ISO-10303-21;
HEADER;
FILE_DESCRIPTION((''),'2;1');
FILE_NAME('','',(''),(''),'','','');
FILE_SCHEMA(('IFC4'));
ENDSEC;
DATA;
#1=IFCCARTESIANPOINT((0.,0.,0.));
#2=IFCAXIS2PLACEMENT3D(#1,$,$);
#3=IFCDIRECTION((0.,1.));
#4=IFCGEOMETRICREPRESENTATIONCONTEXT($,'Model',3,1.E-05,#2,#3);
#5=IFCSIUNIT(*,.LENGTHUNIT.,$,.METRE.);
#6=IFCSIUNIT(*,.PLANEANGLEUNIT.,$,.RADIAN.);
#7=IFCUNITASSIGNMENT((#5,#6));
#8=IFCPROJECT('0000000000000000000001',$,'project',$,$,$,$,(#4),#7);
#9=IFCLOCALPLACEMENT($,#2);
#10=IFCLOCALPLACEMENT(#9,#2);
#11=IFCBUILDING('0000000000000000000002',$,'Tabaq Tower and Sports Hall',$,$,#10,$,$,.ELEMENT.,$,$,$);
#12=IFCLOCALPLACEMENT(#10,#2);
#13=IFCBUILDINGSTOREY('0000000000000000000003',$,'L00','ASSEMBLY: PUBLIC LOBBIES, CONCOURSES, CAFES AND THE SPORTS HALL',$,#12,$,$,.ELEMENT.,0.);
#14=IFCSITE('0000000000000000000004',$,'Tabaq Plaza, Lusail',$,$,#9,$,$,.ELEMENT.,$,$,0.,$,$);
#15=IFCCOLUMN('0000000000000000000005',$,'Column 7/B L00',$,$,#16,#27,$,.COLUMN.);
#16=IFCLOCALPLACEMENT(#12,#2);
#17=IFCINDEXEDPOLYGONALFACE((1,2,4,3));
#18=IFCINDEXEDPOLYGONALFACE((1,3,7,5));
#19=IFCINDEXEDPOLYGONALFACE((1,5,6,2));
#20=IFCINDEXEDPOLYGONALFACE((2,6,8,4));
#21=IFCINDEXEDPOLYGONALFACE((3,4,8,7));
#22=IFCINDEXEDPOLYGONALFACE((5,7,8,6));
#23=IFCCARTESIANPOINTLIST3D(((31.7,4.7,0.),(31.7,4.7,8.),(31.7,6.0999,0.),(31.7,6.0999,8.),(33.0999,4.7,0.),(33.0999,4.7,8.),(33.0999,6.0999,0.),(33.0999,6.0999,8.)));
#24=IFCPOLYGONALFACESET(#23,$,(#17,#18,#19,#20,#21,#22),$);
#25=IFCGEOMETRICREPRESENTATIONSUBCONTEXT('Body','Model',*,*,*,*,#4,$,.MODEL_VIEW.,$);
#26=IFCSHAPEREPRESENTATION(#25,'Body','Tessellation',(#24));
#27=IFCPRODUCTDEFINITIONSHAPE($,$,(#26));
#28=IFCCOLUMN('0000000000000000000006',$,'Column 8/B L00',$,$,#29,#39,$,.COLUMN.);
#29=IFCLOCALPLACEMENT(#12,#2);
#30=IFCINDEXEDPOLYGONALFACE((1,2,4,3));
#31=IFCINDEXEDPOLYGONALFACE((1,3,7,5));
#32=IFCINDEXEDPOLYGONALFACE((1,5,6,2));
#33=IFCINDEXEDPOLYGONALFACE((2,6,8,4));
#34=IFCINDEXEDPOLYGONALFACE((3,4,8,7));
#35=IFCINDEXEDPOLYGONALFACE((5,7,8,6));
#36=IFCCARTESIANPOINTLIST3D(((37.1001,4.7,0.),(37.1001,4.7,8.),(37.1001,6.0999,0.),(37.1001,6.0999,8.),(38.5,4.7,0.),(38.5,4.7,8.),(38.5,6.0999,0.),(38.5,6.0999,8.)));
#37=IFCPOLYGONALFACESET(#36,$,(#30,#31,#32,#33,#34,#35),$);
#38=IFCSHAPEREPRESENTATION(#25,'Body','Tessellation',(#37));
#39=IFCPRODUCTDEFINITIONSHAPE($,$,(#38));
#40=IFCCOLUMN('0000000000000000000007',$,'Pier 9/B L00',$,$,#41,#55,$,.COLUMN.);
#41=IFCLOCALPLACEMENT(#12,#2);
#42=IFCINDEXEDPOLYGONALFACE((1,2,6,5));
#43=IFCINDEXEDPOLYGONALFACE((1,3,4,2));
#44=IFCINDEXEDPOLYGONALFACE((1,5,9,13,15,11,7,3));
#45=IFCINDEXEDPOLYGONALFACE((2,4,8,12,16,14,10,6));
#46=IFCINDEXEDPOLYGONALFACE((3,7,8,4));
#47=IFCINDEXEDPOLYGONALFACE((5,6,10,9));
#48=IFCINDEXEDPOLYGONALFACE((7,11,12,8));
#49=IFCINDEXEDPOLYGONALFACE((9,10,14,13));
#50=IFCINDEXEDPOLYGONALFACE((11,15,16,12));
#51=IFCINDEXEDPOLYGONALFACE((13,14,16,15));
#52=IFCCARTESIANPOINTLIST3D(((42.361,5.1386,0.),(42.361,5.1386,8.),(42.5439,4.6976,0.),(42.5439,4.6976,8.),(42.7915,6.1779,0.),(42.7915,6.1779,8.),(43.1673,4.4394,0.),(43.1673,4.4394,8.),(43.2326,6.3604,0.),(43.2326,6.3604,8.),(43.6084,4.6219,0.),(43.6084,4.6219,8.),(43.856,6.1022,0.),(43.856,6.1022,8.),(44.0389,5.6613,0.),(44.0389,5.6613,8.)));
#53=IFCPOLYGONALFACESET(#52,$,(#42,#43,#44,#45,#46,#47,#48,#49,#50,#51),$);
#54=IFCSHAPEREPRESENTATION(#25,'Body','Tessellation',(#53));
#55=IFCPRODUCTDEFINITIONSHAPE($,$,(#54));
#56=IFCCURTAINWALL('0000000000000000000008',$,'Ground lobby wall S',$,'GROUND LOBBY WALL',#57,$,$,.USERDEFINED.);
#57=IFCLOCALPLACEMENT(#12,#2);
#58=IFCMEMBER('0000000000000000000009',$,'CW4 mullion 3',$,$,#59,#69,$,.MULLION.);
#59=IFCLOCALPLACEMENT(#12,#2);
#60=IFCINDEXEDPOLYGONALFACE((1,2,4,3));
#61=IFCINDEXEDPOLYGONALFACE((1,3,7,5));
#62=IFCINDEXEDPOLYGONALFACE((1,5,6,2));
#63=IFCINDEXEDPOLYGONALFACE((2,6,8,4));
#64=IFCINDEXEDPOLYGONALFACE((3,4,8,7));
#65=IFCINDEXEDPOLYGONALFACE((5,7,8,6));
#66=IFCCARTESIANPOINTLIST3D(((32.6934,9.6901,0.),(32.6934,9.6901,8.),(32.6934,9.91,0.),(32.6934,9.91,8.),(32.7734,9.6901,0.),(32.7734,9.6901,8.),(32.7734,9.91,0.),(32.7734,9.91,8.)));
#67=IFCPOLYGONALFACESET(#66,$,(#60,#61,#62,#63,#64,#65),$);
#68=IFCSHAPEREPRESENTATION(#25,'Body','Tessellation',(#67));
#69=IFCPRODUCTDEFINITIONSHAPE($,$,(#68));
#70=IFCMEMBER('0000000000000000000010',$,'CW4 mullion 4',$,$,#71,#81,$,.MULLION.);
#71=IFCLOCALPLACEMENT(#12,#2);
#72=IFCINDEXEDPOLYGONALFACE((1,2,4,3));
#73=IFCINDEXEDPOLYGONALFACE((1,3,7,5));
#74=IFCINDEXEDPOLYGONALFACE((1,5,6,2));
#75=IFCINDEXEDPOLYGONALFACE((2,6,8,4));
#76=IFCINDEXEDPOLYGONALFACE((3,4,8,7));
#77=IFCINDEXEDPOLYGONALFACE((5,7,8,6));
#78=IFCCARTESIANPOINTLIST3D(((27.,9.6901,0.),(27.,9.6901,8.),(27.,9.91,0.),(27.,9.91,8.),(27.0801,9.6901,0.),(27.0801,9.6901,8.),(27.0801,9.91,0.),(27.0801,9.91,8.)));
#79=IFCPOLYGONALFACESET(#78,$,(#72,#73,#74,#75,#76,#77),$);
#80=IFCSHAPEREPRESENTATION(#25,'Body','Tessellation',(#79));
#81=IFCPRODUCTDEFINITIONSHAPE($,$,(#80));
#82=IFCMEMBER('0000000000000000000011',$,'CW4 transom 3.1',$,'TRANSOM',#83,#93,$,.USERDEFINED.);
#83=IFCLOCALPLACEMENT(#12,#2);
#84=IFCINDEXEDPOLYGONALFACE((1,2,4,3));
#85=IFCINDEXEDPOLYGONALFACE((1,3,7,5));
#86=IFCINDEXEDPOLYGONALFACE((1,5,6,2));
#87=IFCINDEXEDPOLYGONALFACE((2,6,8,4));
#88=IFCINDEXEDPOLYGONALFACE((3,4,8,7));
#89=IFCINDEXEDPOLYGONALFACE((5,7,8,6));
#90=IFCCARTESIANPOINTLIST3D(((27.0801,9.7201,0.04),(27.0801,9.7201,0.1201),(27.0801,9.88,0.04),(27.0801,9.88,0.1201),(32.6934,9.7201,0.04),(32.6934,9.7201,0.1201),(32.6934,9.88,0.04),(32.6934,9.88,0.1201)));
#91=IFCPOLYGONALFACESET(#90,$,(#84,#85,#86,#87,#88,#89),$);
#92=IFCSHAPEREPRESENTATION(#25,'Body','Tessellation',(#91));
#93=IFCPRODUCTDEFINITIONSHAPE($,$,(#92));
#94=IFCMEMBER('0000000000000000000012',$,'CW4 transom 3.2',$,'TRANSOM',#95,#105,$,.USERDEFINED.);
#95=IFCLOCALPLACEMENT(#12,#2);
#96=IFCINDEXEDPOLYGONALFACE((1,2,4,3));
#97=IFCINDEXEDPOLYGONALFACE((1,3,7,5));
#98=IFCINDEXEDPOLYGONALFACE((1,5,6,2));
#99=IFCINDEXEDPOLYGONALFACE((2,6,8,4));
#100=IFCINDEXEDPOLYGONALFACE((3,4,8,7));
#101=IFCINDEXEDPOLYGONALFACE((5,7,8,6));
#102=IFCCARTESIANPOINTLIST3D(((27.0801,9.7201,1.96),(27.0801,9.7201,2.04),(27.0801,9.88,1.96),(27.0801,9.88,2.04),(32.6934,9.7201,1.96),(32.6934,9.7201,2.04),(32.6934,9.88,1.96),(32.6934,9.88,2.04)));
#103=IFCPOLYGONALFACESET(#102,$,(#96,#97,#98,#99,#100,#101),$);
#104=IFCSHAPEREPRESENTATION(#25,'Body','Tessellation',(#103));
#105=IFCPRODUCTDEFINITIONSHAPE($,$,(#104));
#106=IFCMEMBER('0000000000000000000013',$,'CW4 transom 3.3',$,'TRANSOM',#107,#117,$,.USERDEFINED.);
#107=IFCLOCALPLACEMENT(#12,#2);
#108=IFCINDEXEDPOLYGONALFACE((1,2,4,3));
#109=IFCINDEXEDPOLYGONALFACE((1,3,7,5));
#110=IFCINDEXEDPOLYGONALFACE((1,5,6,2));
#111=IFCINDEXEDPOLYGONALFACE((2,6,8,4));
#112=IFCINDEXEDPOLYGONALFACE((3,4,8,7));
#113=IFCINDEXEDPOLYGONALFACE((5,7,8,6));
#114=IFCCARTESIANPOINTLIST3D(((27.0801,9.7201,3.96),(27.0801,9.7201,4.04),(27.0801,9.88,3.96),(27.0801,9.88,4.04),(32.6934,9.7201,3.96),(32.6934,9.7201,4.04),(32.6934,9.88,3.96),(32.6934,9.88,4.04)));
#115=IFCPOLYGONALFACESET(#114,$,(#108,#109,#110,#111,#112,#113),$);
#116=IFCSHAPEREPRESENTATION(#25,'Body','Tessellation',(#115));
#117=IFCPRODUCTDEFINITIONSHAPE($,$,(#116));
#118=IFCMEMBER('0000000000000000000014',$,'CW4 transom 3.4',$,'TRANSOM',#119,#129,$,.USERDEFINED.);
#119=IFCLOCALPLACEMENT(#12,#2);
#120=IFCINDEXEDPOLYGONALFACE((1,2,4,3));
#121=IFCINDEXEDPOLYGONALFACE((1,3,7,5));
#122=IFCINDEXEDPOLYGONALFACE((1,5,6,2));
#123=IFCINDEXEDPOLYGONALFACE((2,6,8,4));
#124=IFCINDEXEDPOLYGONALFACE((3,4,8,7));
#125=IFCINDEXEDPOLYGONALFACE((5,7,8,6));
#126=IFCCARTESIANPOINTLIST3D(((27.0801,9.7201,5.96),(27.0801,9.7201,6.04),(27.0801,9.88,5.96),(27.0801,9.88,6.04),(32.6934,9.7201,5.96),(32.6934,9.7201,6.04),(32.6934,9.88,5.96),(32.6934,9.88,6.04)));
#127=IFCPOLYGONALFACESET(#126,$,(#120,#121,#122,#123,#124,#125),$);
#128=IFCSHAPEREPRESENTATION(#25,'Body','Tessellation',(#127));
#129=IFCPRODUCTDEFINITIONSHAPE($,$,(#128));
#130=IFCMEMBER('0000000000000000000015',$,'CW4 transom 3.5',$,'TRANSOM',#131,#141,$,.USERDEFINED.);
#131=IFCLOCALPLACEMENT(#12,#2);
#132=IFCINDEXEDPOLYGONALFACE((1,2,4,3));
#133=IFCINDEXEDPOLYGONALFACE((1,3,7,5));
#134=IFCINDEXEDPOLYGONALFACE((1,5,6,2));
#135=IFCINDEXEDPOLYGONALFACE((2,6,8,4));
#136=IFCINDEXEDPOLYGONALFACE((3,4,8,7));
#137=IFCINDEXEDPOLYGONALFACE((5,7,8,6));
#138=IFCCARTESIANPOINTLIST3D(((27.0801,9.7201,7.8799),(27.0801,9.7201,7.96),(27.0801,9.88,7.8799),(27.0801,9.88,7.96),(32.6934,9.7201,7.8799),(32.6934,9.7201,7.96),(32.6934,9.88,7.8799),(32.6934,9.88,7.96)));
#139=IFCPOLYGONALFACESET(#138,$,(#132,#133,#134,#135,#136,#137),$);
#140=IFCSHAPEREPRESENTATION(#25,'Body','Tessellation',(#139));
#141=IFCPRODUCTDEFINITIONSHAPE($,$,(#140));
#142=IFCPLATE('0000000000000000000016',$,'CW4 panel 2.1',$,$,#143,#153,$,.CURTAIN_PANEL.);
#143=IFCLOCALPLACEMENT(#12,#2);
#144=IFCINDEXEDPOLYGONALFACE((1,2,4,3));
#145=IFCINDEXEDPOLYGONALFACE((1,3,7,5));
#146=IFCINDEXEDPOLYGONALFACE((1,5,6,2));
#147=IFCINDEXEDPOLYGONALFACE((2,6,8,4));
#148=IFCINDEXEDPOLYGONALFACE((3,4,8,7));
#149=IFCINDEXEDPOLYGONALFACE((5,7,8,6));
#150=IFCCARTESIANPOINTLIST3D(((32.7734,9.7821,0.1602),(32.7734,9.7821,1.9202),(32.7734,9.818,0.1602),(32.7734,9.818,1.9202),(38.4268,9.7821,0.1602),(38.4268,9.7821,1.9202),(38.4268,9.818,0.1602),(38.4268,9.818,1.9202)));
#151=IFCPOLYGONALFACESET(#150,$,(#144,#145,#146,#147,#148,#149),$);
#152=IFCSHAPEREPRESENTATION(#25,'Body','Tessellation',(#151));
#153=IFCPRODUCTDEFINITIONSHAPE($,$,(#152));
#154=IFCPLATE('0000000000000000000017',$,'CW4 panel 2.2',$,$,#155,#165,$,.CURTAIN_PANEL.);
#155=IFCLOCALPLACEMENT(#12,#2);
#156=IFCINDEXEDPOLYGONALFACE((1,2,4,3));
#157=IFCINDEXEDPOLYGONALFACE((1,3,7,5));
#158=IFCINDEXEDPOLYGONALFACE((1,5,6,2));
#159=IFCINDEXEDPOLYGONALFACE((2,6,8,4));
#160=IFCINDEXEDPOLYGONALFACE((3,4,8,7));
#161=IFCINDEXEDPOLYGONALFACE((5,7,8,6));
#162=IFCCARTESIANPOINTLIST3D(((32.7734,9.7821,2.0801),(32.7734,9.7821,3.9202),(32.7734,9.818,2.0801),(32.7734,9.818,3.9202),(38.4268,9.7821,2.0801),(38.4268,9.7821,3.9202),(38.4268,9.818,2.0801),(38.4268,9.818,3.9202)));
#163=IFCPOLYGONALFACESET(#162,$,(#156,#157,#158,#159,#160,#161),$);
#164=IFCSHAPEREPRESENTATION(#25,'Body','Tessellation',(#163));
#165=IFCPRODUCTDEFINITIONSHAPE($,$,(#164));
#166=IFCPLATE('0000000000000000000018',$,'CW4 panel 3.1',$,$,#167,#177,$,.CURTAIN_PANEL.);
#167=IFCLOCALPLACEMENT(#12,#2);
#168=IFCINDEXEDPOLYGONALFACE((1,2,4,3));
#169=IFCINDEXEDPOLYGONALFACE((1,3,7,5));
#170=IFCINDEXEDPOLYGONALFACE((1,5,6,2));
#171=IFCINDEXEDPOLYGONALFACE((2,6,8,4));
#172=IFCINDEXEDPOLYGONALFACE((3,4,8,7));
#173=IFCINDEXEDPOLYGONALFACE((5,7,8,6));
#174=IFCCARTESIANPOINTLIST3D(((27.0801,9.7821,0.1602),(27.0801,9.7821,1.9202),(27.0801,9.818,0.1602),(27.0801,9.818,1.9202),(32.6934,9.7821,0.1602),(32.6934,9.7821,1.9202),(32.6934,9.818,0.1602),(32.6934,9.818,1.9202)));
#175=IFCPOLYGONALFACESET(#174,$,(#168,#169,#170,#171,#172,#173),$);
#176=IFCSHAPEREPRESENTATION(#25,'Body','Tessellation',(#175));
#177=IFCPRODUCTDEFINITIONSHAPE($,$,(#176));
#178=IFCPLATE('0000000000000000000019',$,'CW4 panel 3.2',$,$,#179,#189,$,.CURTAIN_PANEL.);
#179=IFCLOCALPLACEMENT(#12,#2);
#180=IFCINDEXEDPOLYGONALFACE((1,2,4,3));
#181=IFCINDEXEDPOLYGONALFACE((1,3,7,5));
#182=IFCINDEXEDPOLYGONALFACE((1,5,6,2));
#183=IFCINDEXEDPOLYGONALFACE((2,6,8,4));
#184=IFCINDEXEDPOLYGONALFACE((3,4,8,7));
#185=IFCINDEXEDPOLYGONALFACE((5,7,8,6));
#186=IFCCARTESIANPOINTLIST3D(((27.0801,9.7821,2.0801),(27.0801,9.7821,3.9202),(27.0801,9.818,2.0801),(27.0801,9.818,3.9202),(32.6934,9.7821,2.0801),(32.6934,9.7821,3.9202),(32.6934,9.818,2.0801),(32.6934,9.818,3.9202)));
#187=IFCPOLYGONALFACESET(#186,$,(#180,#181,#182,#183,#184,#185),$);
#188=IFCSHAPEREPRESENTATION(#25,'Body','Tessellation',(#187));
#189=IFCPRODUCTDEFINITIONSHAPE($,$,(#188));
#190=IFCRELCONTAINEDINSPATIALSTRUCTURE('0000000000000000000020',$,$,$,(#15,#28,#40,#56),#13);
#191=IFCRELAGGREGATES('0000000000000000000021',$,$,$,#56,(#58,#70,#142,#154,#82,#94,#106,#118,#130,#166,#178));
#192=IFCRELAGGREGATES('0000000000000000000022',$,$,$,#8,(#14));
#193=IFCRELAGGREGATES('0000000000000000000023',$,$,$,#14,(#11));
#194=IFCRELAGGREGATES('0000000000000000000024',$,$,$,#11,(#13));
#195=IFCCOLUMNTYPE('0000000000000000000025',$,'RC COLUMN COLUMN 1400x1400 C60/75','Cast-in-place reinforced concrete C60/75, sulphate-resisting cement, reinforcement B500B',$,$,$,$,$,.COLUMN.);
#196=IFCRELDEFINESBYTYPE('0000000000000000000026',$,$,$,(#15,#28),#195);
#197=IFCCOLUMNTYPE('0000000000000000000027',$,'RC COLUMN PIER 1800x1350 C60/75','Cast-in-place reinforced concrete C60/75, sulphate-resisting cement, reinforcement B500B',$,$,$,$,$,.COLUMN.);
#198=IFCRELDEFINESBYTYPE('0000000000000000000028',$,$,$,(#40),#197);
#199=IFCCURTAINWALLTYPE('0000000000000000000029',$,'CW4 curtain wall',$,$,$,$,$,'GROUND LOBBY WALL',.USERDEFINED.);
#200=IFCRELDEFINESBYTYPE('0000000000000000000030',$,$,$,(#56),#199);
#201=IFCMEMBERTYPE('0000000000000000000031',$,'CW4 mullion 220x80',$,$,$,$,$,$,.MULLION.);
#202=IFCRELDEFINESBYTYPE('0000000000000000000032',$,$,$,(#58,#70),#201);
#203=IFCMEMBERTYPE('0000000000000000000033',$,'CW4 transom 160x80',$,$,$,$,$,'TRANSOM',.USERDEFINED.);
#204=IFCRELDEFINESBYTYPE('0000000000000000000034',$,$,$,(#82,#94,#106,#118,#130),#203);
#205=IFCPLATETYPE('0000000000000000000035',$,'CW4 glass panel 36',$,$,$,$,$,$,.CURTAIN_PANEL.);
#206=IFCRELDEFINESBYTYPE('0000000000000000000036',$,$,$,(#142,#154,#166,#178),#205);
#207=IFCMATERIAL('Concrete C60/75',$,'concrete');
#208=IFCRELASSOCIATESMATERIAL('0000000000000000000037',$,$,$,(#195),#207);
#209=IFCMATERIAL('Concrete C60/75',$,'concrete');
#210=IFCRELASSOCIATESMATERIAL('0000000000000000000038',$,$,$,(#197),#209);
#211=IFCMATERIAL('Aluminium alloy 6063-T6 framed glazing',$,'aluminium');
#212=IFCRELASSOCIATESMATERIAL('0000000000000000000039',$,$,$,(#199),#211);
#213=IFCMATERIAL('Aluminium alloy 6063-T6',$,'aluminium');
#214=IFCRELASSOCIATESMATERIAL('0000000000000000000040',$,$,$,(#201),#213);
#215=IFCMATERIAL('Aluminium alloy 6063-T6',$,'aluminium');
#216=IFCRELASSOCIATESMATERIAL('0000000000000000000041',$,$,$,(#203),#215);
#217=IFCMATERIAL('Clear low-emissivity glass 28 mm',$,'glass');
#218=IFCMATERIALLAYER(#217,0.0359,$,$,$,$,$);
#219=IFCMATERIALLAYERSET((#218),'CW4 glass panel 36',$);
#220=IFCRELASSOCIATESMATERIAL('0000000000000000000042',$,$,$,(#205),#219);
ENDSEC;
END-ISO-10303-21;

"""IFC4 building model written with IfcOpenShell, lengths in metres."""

from ifc_helpers import new_model, si_unit, direction, frame, origin, origin_2d, place, context, subcontext, project, spatial, polyline, rectangle, outline, extrude, material, layer, layer_set, material_profile, profile_set, type_object, element, aggregate, save


model = new_model("IFC4")

# Units and contexts
model_context = context("Model", 3, precision=1e-05, world=origin(), true_north=direction((0.0, 1.0)))
body_context = subcontext(model_context, "Body", "Model", "MODEL_VIEW")
ifc_project = project(units=[si_unit("LENGTHUNIT", "METRE"), si_unit("PLANEANGLEUNIT", "RADIAN")], contexts=[model_context])

# Site, building, storey
site_placement = place(None, origin())
site = spatial("IfcSite", under=ifc_project, at=site_placement, Name="Tabaq Plaza, Lusail", CompositionType="ELEMENT", RefElevation=0.0)
building_placement = place(site_placement, origin())
building = spatial("IfcBuilding", under=site, at=building_placement, Name="Tabaq Tower and Sports Hall", CompositionType="ELEMENT")
storey_placement = place(building_placement, origin())
storey = spatial("IfcBuildingStorey", under=building, at=storey_placement, Name="L00", Description="ASSEMBLY: PUBLIC LOBBIES, CONCOURSES, CAFES AND THE SPORTS HALL", CompositionType="ELEMENT", Elevation=0.0)

# Columns
ifc_material_1 = material(Name="Concrete C60/75", Category="concrete")
ifc_material_profile_1 = material_profile(ifc_material_1, rectangle(XDim=1.3999, YDim=1.3999, at=origin_2d()), Name="COLUMN 1400x1400")
ifc_profile_set_1 = profile_set([ifc_material_profile_1], Name="Concrete C60/75")
column_type_1 = type_object("IfcColumnType", Name="RC COLUMN COLUMN 1400x1400 C60/75", Description="Cast-in-place reinforced concrete C60/75, sulphate-resisting cement, reinforcement B500B", PredefinedType="COLUMN", material=ifc_profile_set_1)
for number, where, z_axis, x_axis, name in (
    (1, (32.3999, 5.3999, 0.0), (0.0, 0.0, 1.0), (1.0, 0.0, 0.0), "Column 7/B L00"),
    (2, (37.8, 5.3999, 0.0), (0.0, 0.0, 1.0), (1.0, 0.0, 0.0), "Column 8/B L00"),
):
    element("IfcColumn", number, at=place(storey_placement, frame(where, z_axis=z_axis, x_axis=x_axis)), inside=storey, type_object=column_type_1, Name=name, PredefinedType="COLUMN", context=body_context, shape_type="SweptSolid", body=[
        extrude(rectangle(XDim=1.3999, YDim=1.3999, at=origin_2d()), origin(), (0.0, 0.0, 1.0), 8.0),
    ])
ifc_material_2 = material(Name="Concrete C60/75", Category="concrete")
ifc_material_profile_2 = material_profile(ifc_material_2, outline(polyline([(-0.5625, -0.675), (0.5625, -0.675), (0.8999, -0.3374), (0.8999, 0.3374), (0.5625, 0.675), (-0.5625, 0.675), (-0.8999, 0.3374), (-0.8999, -0.3374), (-0.5625, -0.675)])), Name="PIER 1800x1350")
ifc_profile_set_2 = profile_set([ifc_material_profile_2], Name="Concrete C60/75")
column_type_2 = type_object("IfcColumnType", Name="RC COLUMN PIER 1800x1350 C60/75", Description="Cast-in-place reinforced concrete C60/75, sulphate-resisting cement, reinforcement B500B", PredefinedType="COLUMN", material=ifc_profile_set_2)
column_placement = place(storey_placement, frame((43.2, 5.3999, 0.0), z_axis=(0.0, 0.0, 1.0), x_axis=(0.382683, 0.92388, 0.0)))
element("IfcColumn", 3, at=column_placement, inside=storey, type_object=column_type_2, Name="Pier 9/B L00", PredefinedType="COLUMN", context=body_context, shape_type="SweptSolid", body=[
    extrude(outline(polyline([(-0.5625, -0.675), (0.5625, -0.675), (0.8999, -0.3374), (0.8999, 0.3374), (0.5625, 0.675), (-0.5625, 0.675), (-0.8999, 0.3374), (-0.8999, -0.3374), (-0.5625, -0.675)])), origin(), (0.0, 0.0, 1.0), 8.0),
])

# Curtain wall, members, plates
ifc_material_3 = material(Name="Aluminium alloy 6063-T6 framed glazing", Category="aluminium")
curtain_wall_type = type_object("IfcCurtainWallType", Name="CW4 curtain wall", ElementType="GROUND LOBBY WALL", PredefinedType="USERDEFINED", material=ifc_material_3)
curtain_wall_placement = place(storey_placement, origin())
curtain_wall = element("IfcCurtainWall", 4, at=curtain_wall_placement, inside=storey, type_object=curtain_wall_type, Name="Ground lobby wall S", ObjectType="GROUND LOBBY WALL", PredefinedType="USERDEFINED")
ifc_material_4 = material(Name="Aluminium alloy 6063-T6", Category="aluminium")
ifc_material_profile_3 = material_profile(ifc_material_4, rectangle(XDim=0.22, YDim=0.0801, at=origin_2d()), Name="MULLION 220x80")
ifc_profile_set_3 = profile_set([ifc_material_profile_3], Name="Aluminium alloy 6063-T6")
member_type_1 = type_object("IfcMemberType", Name="CW4 mullion 220x80", PredefinedType="MULLION", material=ifc_profile_set_3)
member_1_placement = place(storey_placement, frame((32.7334, 9.8, 0.0), z_axis=(0.0, 0.0, 1.0), x_axis=(0.0, -1.0, 0.0)))
member_1 = element("IfcMember", 5, at=member_1_placement, type_object=member_type_1, Name="CW4 mullion 3", PredefinedType="MULLION", context=body_context, shape_type="SweptSolid", body=[
    extrude(rectangle(XDim=0.22, YDim=0.0801, at=origin_2d()), origin(), (0.0, 0.0, 1.0), 8.0),
])
member_2_placement = place(storey_placement, frame((27.04, 9.8, 0.0), z_axis=(0.0, 0.0, 1.0), x_axis=(0.0, -1.0, 0.0)))
member_2 = element("IfcMember", 6, at=member_2_placement, type_object=member_type_1, Name="CW4 mullion 4", PredefinedType="MULLION", context=body_context, shape_type="SweptSolid", body=[
    extrude(rectangle(XDim=0.22, YDim=0.0801, at=origin_2d()), origin(), (0.0, 0.0, 1.0), 8.0),
])
ifc_material_5 = material(Name="Aluminium alloy 6063-T6", Category="aluminium")
ifc_material_profile_4 = material_profile(ifc_material_5, rectangle(XDim=0.1599, YDim=0.0801, at=origin_2d()), Name="TRANSOM 160x80")
ifc_profile_set_4 = profile_set([ifc_material_profile_4], Name="Aluminium alloy 6063-T6")
member_type_2 = type_object("IfcMemberType", Name="CW4 transom 160x80", ElementType="TRANSOM", PredefinedType="USERDEFINED", material=ifc_profile_set_4)
member_3_placement = place(storey_placement, frame((32.6934, 9.8, 0.0801), z_axis=(-1.0, 0.0, 0.0), x_axis=(0.0, -1.0, 0.0)))
member_3 = element("IfcMember", 7, at=member_3_placement, type_object=member_type_2, Name="CW4 transom 3.1", ObjectType="TRANSOM", PredefinedType="USERDEFINED", context=body_context, shape_type="SweptSolid", body=[
    extrude(rectangle(XDim=0.1599, YDim=0.0801, at=origin_2d()), origin(), (0.0, 0.0, 1.0), 5.6133),
])
member_4_placement = place(storey_placement, frame((32.6934, 9.8, 2.0), z_axis=(-1.0, 0.0, 0.0), x_axis=(0.0, -1.0, 0.0)))
member_4 = element("IfcMember", 8, at=member_4_placement, type_object=member_type_2, Name="CW4 transom 3.2", ObjectType="TRANSOM", PredefinedType="USERDEFINED", context=body_context, shape_type="SweptSolid", body=[
    extrude(rectangle(XDim=0.1599, YDim=0.0801, at=origin_2d()), origin(), (0.0, 0.0, 1.0), 5.6133),
])
member_5_placement = place(storey_placement, frame((32.6934, 9.8, 4.0), z_axis=(-1.0, 0.0, 0.0), x_axis=(0.0, -1.0, 0.0)))
member_5 = element("IfcMember", 9, at=member_5_placement, type_object=member_type_2, Name="CW4 transom 3.3", ObjectType="TRANSOM", PredefinedType="USERDEFINED", context=body_context, shape_type="SweptSolid", body=[
    extrude(rectangle(XDim=0.1599, YDim=0.0801, at=origin_2d()), origin(), (0.0, 0.0, 1.0), 5.6133),
])
member_6_placement = place(storey_placement, frame((32.6934, 9.8, 6.0), z_axis=(-1.0, 0.0, 0.0), x_axis=(0.0, -1.0, 0.0)))
member_6 = element("IfcMember", 10, at=member_6_placement, type_object=member_type_2, Name="CW4 transom 3.4", ObjectType="TRANSOM", PredefinedType="USERDEFINED", context=body_context, shape_type="SweptSolid", body=[
    extrude(rectangle(XDim=0.1599, YDim=0.0801, at=origin_2d()), origin(), (0.0, 0.0, 1.0), 5.6133),
])
member_7_placement = place(storey_placement, frame((32.6934, 9.8, 7.9199), z_axis=(-1.0, 0.0, 0.0), x_axis=(0.0, -1.0, 0.0)))
member_7 = element("IfcMember", 11, at=member_7_placement, type_object=member_type_2, Name="CW4 transom 3.5", ObjectType="TRANSOM", PredefinedType="USERDEFINED", context=body_context, shape_type="SweptSolid", body=[
    extrude(rectangle(XDim=0.1599, YDim=0.0801, at=origin_2d()), origin(), (0.0, 0.0, 1.0), 5.6133),
])
ifc_material_6 = material(Name="Clear low-emissivity glass 28 mm", Category="glass")
ifc_layer_1 = layer(ifc_material_6, 0.0359)
ifc_layer_set_1 = layer_set([ifc_layer_1], Name="CW4 glass panel 36")
plate_type = type_object("IfcPlateType", Name="CW4 glass panel 36", PredefinedType="CURTAIN_PANEL", material=ifc_layer_set_1)
plate_1_placement = place(storey_placement, frame((35.6001, 9.8, 0.1602), z_axis=(0.0, 0.0, 1.0), x_axis=(-1.0, 0.0, 0.0)))
plate_1 = element("IfcPlate", 12, at=plate_1_placement, type_object=plate_type, Name="CW4 panel 2.1", PredefinedType="CURTAIN_PANEL", context=body_context, shape_type="SweptSolid", body=[
    extrude(rectangle(XDim=5.6533, YDim=0.0359, at=origin_2d()), origin(), (0.0, 0.0, 1.0), 1.76),
])
plate_2_placement = place(storey_placement, frame((35.6001, 9.8, 2.0801), z_axis=(0.0, 0.0, 1.0), x_axis=(-1.0, 0.0, 0.0)))
plate_2 = element("IfcPlate", 13, at=plate_2_placement, type_object=plate_type, Name="CW4 panel 2.2", PredefinedType="CURTAIN_PANEL", context=body_context, shape_type="SweptSolid", body=[
    extrude(rectangle(XDim=5.6533, YDim=0.0359, at=origin_2d()), origin(), (0.0, 0.0, 1.0), 1.8401),
])
plate_3_placement = place(storey_placement, frame((29.8867, 9.8, 0.1602), z_axis=(0.0, 0.0, 1.0), x_axis=(-1.0, 0.0, 0.0)))
plate_3 = element("IfcPlate", 14, at=plate_3_placement, type_object=plate_type, Name="CW4 panel 3.1", PredefinedType="CURTAIN_PANEL", context=body_context, shape_type="SweptSolid", body=[
    extrude(rectangle(XDim=5.6133, YDim=0.0359, at=origin_2d()), origin(), (0.0, 0.0, 1.0), 1.76),
])
plate_4_placement = place(storey_placement, frame((29.8867, 9.8, 2.0801), z_axis=(0.0, 0.0, 1.0), x_axis=(-1.0, 0.0, 0.0)))
plate_4 = element("IfcPlate", 15, at=plate_4_placement, type_object=plate_type, Name="CW4 panel 3.2", PredefinedType="CURTAIN_PANEL", context=body_context, shape_type="SweptSolid", body=[
    extrude(rectangle(XDim=5.6133, YDim=0.0359, at=origin_2d()), origin(), (0.0, 0.0, 1.0), 1.8401),
])
aggregate(curtain_wall, [member_1, member_2, plate_1, plate_2, member_3, member_4, member_5, member_6, member_7, plate_3, plate_4])

save(model, "model.ifc")
